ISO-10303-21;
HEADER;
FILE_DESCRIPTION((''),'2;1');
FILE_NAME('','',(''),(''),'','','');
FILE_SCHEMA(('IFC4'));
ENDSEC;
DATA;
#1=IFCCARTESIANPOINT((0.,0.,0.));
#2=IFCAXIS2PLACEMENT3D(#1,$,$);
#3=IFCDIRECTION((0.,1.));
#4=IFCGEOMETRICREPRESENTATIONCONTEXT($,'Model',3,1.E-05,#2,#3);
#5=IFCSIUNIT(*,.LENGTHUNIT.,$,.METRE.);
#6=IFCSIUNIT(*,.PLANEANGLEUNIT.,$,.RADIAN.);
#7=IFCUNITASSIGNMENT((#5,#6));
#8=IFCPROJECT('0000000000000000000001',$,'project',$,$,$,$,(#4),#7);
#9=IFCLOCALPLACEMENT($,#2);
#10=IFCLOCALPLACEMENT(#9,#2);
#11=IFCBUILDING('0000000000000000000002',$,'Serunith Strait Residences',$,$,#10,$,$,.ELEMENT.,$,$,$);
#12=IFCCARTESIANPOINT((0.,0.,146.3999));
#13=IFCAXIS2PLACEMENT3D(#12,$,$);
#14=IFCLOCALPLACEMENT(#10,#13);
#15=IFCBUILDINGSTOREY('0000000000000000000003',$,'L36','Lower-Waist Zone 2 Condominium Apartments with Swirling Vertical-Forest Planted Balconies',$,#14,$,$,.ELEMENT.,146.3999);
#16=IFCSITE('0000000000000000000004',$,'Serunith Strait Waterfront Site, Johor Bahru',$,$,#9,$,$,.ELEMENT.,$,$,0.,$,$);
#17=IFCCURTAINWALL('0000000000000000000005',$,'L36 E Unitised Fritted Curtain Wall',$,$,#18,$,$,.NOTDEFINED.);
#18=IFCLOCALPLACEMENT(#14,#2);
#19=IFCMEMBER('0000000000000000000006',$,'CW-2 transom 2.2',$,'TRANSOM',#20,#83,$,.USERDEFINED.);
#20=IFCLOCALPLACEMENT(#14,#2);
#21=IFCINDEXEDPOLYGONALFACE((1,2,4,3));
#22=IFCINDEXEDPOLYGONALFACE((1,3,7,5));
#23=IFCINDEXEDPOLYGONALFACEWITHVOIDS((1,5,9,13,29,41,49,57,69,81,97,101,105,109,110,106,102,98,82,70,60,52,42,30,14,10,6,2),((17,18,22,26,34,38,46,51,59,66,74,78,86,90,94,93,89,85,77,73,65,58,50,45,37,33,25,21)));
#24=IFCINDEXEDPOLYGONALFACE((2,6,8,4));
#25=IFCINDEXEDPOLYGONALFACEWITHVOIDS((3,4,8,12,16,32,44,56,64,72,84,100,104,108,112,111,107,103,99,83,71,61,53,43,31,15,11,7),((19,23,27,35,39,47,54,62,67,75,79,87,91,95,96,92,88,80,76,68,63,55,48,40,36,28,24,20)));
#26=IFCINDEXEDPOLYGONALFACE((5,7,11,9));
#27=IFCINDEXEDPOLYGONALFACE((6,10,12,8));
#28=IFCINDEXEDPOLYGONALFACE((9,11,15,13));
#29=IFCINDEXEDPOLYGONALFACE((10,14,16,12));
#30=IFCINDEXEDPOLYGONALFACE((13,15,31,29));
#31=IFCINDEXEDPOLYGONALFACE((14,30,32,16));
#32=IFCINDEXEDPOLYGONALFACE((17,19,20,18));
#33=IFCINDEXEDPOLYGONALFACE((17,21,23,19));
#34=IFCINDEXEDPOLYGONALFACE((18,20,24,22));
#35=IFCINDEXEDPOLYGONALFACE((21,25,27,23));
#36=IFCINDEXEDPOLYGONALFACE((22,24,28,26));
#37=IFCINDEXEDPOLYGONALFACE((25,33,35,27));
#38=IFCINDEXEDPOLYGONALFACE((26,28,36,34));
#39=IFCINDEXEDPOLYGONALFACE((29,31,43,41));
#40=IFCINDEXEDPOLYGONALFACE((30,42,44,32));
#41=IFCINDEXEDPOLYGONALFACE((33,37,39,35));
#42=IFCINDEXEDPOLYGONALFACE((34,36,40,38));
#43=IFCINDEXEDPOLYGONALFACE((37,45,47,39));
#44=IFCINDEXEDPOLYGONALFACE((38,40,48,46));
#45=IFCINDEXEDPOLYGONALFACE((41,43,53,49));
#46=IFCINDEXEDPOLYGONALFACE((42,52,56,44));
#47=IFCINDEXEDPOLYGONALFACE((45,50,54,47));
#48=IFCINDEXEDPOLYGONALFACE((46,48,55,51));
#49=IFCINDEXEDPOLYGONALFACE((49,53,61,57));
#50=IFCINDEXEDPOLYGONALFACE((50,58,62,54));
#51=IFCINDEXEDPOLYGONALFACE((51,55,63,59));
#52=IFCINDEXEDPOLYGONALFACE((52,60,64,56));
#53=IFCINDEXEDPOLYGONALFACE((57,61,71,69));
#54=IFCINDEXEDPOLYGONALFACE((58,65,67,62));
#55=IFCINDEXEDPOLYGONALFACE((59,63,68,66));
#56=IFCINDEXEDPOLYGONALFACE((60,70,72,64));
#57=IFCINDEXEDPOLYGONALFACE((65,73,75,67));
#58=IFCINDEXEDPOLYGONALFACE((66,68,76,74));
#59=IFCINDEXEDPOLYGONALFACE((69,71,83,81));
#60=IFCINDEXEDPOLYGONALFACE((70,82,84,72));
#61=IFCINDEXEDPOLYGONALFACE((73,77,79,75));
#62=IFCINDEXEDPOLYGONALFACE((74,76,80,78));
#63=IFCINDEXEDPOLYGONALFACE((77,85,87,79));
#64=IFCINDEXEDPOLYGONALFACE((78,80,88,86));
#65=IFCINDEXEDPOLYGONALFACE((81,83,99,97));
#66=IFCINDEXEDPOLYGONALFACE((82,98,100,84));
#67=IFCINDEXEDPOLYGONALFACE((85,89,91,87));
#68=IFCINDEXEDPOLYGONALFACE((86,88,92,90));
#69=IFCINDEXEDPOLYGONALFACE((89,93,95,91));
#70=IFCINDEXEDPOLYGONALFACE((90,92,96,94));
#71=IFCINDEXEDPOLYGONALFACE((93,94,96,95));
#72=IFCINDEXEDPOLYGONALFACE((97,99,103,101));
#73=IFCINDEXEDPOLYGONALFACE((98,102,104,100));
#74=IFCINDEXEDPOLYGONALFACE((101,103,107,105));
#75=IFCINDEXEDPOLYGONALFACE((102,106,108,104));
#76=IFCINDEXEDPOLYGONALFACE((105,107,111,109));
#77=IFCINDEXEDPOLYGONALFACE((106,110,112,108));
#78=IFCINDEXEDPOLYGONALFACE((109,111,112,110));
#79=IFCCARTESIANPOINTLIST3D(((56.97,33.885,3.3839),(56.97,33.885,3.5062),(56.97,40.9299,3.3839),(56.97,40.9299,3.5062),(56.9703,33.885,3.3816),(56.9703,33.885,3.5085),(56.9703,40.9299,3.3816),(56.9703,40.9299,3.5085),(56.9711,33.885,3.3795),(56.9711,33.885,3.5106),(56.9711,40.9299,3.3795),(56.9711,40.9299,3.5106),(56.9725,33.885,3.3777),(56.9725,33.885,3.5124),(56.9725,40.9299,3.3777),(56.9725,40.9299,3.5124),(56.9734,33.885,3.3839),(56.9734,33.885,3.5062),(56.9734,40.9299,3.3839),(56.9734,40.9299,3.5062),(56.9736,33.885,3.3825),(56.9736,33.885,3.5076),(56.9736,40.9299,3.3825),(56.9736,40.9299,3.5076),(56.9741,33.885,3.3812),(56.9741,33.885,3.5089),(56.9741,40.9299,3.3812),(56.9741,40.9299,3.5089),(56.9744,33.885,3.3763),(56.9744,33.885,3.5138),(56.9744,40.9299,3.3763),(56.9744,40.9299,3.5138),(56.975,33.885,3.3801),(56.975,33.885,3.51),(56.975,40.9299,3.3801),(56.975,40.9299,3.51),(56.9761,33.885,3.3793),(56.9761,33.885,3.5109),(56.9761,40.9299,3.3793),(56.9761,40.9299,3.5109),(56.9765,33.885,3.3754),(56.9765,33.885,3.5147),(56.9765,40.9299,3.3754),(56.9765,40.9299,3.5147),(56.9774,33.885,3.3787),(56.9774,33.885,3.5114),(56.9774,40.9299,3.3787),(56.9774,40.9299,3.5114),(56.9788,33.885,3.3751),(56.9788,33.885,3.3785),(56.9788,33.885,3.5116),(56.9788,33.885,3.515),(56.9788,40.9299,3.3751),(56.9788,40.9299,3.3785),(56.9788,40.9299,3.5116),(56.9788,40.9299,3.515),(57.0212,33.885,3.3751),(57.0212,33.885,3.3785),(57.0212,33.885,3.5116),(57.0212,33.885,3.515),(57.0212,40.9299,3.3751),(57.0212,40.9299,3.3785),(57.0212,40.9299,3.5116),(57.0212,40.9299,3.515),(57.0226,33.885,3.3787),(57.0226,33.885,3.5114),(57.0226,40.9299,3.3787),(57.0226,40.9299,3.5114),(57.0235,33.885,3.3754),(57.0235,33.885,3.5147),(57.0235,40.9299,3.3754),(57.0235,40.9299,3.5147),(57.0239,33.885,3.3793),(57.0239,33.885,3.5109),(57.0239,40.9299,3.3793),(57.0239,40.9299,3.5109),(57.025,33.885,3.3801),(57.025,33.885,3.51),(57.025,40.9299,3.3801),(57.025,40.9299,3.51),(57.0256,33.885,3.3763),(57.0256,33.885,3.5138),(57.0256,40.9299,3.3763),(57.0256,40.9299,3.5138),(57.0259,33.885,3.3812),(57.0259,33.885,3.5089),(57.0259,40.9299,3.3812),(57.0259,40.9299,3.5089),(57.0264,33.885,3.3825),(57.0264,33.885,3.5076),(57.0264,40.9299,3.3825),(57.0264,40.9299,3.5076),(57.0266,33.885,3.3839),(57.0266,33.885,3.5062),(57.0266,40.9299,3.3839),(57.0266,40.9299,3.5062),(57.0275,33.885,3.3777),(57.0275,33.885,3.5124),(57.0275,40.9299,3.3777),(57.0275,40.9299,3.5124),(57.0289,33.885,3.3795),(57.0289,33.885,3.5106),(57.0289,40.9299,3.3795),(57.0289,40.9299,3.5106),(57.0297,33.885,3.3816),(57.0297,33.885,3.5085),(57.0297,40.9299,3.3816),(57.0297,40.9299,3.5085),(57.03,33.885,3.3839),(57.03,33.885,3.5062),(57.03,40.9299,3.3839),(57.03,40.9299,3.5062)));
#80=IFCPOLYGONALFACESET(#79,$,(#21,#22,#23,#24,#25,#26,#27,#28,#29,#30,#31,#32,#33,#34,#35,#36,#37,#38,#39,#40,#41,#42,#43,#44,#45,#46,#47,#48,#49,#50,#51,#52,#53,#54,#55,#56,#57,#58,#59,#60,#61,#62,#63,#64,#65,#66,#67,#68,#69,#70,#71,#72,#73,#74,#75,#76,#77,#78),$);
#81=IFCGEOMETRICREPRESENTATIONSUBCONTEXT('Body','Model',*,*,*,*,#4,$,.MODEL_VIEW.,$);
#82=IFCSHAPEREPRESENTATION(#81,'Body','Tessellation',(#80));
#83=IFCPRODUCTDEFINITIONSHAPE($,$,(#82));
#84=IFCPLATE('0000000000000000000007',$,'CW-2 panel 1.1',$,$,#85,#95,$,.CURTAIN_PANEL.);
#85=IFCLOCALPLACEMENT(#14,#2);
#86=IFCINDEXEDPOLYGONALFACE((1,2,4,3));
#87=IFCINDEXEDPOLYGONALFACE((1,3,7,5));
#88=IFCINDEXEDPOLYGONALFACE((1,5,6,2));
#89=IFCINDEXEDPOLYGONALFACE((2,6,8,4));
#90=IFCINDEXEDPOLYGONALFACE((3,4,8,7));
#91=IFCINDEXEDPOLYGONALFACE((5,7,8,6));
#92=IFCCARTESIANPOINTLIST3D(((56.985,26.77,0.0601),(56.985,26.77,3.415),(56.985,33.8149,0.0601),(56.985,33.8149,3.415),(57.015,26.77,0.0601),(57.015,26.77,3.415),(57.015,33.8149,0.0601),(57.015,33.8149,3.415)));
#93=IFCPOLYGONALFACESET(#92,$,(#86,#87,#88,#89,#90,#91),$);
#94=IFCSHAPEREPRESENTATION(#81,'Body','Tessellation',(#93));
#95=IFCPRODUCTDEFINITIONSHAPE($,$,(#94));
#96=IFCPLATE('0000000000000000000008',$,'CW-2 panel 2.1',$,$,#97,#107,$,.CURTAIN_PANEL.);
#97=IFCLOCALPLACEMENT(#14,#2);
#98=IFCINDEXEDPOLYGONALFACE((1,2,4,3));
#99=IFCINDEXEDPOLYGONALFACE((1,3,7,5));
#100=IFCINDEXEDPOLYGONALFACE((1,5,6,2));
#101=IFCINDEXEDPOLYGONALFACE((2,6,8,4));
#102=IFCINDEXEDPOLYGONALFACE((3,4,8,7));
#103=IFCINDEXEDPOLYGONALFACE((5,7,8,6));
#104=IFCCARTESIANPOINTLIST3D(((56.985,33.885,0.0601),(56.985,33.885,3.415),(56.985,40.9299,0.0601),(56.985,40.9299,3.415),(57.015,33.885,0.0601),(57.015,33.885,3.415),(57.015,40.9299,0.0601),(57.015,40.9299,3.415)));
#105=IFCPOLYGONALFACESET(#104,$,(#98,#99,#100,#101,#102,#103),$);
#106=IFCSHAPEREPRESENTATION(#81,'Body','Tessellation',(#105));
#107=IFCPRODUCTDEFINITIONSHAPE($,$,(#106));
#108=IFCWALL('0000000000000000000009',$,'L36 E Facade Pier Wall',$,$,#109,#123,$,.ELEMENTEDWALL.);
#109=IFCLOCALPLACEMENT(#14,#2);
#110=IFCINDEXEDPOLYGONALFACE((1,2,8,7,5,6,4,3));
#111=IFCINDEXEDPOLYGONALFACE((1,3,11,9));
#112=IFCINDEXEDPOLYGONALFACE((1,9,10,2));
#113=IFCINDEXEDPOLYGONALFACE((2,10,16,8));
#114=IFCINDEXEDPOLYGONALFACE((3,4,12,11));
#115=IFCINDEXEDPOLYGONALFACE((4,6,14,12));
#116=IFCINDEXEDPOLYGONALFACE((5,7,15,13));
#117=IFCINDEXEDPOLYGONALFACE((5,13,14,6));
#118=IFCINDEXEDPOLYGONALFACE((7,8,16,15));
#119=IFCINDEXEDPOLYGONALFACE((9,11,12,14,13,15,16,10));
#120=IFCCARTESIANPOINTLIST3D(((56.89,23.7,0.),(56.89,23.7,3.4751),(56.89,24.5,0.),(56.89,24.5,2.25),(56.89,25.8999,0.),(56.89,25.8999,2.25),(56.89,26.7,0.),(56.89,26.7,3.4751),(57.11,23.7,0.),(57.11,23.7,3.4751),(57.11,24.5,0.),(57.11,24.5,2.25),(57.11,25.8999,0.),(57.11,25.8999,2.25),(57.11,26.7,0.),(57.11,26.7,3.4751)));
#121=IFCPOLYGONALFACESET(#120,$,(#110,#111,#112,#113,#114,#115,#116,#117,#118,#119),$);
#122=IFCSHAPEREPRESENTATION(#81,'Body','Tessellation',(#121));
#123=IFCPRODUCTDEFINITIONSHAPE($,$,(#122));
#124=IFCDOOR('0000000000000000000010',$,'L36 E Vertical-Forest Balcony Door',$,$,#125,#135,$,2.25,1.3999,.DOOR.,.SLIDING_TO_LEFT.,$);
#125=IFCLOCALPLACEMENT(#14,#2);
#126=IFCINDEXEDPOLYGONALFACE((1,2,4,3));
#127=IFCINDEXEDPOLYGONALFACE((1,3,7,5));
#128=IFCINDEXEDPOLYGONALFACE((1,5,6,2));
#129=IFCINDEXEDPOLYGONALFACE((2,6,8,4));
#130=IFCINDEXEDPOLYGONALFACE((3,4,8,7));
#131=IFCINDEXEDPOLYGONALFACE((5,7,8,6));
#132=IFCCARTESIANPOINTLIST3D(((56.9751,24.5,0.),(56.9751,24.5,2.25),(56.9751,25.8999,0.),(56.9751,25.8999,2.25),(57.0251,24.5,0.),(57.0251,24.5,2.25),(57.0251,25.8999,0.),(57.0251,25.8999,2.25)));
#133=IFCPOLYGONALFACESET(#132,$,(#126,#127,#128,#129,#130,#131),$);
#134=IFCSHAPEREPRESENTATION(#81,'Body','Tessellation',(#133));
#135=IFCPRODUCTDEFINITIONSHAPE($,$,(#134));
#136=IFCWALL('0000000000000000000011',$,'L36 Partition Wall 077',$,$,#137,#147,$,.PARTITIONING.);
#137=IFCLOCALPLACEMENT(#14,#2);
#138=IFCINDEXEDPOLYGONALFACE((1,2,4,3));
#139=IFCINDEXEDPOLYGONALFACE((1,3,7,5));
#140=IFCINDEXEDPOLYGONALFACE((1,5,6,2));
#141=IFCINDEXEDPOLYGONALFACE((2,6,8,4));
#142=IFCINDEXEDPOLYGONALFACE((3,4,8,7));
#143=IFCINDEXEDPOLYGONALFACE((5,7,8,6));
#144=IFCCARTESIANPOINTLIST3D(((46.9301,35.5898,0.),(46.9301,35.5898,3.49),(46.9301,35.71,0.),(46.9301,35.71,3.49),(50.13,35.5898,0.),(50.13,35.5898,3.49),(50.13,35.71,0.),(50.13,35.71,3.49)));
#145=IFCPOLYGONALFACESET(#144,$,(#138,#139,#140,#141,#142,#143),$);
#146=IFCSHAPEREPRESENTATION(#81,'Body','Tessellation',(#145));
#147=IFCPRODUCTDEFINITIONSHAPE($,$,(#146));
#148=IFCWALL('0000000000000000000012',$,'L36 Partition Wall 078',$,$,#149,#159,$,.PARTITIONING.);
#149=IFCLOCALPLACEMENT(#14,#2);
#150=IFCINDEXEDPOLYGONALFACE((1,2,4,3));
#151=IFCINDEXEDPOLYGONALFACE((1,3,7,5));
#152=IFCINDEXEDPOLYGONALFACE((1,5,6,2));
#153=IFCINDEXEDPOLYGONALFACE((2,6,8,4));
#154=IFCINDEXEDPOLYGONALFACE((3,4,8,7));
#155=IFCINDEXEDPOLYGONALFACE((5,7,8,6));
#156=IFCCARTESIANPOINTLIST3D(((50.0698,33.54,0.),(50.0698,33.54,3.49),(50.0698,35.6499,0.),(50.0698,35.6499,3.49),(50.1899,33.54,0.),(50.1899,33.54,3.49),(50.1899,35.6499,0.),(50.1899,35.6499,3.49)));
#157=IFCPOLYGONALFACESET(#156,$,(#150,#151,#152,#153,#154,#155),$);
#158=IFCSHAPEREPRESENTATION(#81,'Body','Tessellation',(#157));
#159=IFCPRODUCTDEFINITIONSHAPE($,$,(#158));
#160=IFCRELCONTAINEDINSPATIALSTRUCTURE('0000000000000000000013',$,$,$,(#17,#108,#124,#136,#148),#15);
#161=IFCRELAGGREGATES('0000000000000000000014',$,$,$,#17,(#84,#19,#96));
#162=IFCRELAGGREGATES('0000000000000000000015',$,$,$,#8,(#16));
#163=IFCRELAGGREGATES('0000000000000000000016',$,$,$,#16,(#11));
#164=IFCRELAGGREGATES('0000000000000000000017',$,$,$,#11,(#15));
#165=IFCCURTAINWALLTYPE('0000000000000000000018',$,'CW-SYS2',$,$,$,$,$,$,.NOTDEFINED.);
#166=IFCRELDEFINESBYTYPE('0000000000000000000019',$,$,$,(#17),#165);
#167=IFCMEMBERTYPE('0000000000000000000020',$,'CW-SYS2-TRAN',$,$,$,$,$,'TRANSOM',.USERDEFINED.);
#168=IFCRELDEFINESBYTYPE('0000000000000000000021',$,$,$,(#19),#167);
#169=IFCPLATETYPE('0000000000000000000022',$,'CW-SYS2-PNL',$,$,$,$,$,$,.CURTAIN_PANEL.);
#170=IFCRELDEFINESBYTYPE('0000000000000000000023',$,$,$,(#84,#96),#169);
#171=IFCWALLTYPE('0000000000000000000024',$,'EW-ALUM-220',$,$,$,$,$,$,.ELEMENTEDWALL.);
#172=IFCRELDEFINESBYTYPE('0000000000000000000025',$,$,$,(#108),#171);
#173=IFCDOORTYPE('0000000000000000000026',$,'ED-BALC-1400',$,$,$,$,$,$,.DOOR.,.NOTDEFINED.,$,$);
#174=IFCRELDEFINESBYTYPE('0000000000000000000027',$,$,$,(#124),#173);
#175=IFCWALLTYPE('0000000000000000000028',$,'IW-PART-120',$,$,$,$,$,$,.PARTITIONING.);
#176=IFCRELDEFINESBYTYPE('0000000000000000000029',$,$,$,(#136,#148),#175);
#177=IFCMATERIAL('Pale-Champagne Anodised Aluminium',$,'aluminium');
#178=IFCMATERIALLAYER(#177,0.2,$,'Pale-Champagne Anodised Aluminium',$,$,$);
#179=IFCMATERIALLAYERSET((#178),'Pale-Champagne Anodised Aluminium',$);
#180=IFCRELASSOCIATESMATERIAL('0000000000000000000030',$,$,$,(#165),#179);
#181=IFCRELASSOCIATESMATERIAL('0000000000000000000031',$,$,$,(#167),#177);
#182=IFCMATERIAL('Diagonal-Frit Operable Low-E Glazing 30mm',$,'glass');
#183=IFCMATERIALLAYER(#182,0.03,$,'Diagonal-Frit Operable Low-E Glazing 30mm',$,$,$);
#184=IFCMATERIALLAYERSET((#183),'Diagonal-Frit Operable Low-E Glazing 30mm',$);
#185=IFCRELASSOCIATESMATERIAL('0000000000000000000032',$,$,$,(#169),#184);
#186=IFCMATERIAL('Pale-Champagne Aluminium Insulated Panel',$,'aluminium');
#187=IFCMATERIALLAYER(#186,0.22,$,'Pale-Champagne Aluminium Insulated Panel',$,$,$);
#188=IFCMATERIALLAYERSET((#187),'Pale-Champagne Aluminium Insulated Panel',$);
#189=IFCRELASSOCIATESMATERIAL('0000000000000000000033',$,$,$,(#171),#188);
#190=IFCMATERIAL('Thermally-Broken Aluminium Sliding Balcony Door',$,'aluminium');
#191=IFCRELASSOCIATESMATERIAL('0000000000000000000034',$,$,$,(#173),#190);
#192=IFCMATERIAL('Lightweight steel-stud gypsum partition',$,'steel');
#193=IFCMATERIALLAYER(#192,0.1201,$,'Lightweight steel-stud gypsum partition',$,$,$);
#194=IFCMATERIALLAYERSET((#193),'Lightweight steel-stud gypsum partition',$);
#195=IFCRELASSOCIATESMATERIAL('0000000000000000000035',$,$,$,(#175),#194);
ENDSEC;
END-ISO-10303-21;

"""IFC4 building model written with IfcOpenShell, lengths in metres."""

from ifc_helpers import new_model, si_unit, direction, frame, frame_2d, origin, origin_2d, place, context, subcontext, project, spatial, rectangle, hollow_rectangle, extrude, source, transform, mapped, material, layer, layer_set, material_profile, profile_set, type_object, element, fill, aggregate, save


model = new_model("IFC4")

# Units and contexts
model_context = context("Model", 3, precision=1e-05, world=origin(), true_north=direction((0.0, 1.0)))
body_context = subcontext(model_context, "Body", "Model", "MODEL_VIEW")
ifc_project = project(units=[si_unit("LENGTHUNIT", "METRE"), si_unit("PLANEANGLEUNIT", "RADIAN")], contexts=[model_context])

# Site, building, storey
site_placement = place(None, origin())
site = spatial("IfcSite", under=ifc_project, at=site_placement, Name="Serunith Strait Waterfront Site, Johor Bahru", CompositionType="ELEMENT", RefElevation=0.0)
building_placement = place(site_placement, origin())
building = spatial("IfcBuilding", under=site, at=building_placement, Name="Serunith Strait Residences", CompositionType="ELEMENT")
storey_placement = place(building_placement, frame((0.0, 0.0, 146.3999)))
storey = spatial("IfcBuildingStorey", under=building, at=storey_placement, Name="L36", Description="Lower-Waist Zone 2 Condominium Apartments with Swirling Vertical-Forest Planted Balconies", CompositionType="ELEMENT", Elevation=146.3999)

# Shared definitions
ifc_material_1 = material(Name="Pale-Champagne Anodised Aluminium", Category="aluminium")
ifc_layer_1 = layer(ifc_material_1, 0.2, Name="Pale-Champagne Anodised Aluminium")
ifc_layer_set_1 = layer_set([ifc_layer_1], Name="Pale-Champagne Anodised Aluminium")
curtain_wall_type = type_object("IfcCurtainWallType", Name="CW-SYS2", PredefinedType="NOTDEFINED", material=ifc_layer_set_1)

# Curtain wall, member, plates
curtain_wall_1_placement = place(storey_placement, origin())
curtain_wall_1 = element("IfcCurtainWall", 1, at=curtain_wall_1_placement, inside=storey, type_object=curtain_wall_type, Name="L36 E Unitised Fritted Curtain Wall", PredefinedType="NOTDEFINED")
ifc_material_profile_1 = material_profile(ifc_material_1, hollow_rectangle(XDim=0.0601, YDim=0.1399, WallThickness=0.0034, InnerFilletRadius=0.0054, OuterFilletRadius=0.0088, at=origin_2d()), Name="ALU 140x60x3.5")
ifc_profile_set_1 = profile_set([ifc_material_profile_1], Name="Pale-Champagne Anodised Aluminium")
member_type_1 = type_object("IfcMemberType", Name="CW-SYS2-TRAN", ElementType="TRANSOM", PredefinedType="USERDEFINED", material=ifc_profile_set_1)
shared_shape_1 = source(origin(), body_context, "Body", "SweptSolid", [
    extrude(hollow_rectangle(XDim=0.0601, YDim=0.1399, WallThickness=0.0034, InnerFilletRadius=0.0054, OuterFilletRadius=0.0088, at=origin_2d()), origin(), (0.0, 0.0, 1.0), 7.0449),
])
member_1_placement = place(storey_placement, frame((57.0, 33.885, 3.4451), z_axis=(0.0, 1.0, 0.0), x_axis=(-1.0, 0.0, 0.0)))
member_1 = element("IfcMember", 2, at=member_1_placement, type_object=member_type_1, Name="CW-2 transom 2.2", ObjectType="TRANSOM", PredefinedType="USERDEFINED", context=body_context, shape_type="MappedRepresentation", body=[
    mapped(shared_shape_1, transform((0.0, 0.0, 0.0), scale=1.0)),
])
ifc_material_2 = material(Name="Diagonal-Frit Operable Low-E Glazing 30mm", Category="glass")
ifc_layer_2 = layer(ifc_material_2, 0.03, Name="Diagonal-Frit Operable Low-E Glazing 30mm")
ifc_layer_set_2 = layer_set([ifc_layer_2], Name="Diagonal-Frit Operable Low-E Glazing 30mm")
plate_type = type_object("IfcPlateType", Name="CW-SYS2-PNL", PredefinedType="CURTAIN_PANEL", material=ifc_layer_set_2)
shared_shape_2 = source(origin(), body_context, "Body", "SweptSolid", [
    extrude(rectangle(XDim=7.0449, YDim=0.03, at=origin_2d()), origin(), (0.0, 0.0, 1.0), 3.355),
])
plate_1_placement = place(storey_placement, frame((57.0, 30.2925, 0.0601), z_axis=(0.0, 0.0, 1.0), x_axis=(0.0, 1.0, 0.0)))
plate_1 = element("IfcPlate", 3, at=plate_1_placement, type_object=plate_type, Name="CW-2 panel 1.1", PredefinedType="CURTAIN_PANEL", context=body_context, shape_type="MappedRepresentation", body=[
    mapped(shared_shape_2, transform((0.0, 0.0, 0.0), scale=1.0)),
])
plate_2_placement = place(storey_placement, frame((57.0, 37.4075, 0.0601), z_axis=(0.0, 0.0, 1.0), x_axis=(0.0, 1.0, 0.0)))
plate_2 = element("IfcPlate", 4, at=plate_2_placement, type_object=plate_type, Name="CW-2 panel 2.1", PredefinedType="CURTAIN_PANEL", context=body_context, shape_type="MappedRepresentation", body=[
    mapped(shared_shape_2, transform((0.0, 0.0, 0.0), scale=1.0)),
])
aggregate(curtain_wall_1, [plate_1, member_1, plate_2])

# Wall, opening, door
ifc_material_3 = material(Name="Pale-Champagne Aluminium Insulated Panel", Category="aluminium")
ifc_layer_3 = layer(ifc_material_3, 0.22, Name="Pale-Champagne Aluminium Insulated Panel")
ifc_layer_set_3 = layer_set([ifc_layer_3], Name="Pale-Champagne Aluminium Insulated Panel")
wall_type_1 = type_object("IfcWallType", Name="EW-ALUM-220", PredefinedType="ELEMENTEDWALL", material=ifc_layer_set_3)
wall_1_placement = place(storey_placement, frame((57.0, 23.7, 0.0), z_axis=(0.0, 0.0, 1.0), x_axis=(0.0, 1.0, 0.0)))
wall_1 = element("IfcWall", 5, at=wall_1_placement, inside=storey, type_object=wall_type_1, Name="L36 E Facade Pier Wall", PredefinedType="ELEMENTEDWALL", context=body_context, shape_type="SweptSolid", body=[
    extrude(rectangle(XDim=3.0, YDim=0.22, at=frame_2d((1.5, 0.0))), origin(), (0.0, 0.0, 1.0), 3.4751),
])
opening_1_placement = place(wall_1_placement, frame((0.8, 0.0, 0.0)))
opening_1 = element("IfcOpeningElement", 6, at=opening_1_placement, cuts=wall_1, PredefinedType="OPENING", context=body_context, shape_type="SweptSolid", body=[
    extrude(rectangle(XDim=1.3999, YDim=2.25, at=frame_2d((0.7, 1.125))), frame((0.0, 0.1201, 0.0), z_axis=(0.0, -1.0, 0.0), x_axis=(1.0, 0.0, 0.0)), (0.0, 0.0, 1.0), 0.24),
])
ifc_material_4 = material(Name="Thermally-Broken Aluminium Sliding Balcony Door", Category="aluminium")
door_type_1 = type_object("IfcDoorType", Name="ED-BALC-1400", OperationType="NOTDEFINED", PredefinedType="DOOR", material=ifc_material_4)
shared_shape_3 = source(origin(), body_context, "Body", "SweptSolid", [
    extrude(rectangle(XDim=1.3999, YDim=2.25, at=frame_2d((0.7, 1.125))), frame((0.0, 0.0249, 0.0), z_axis=(0.0, -1.0, 0.0), x_axis=(1.0, 0.0, 0.0)), (0.0, 0.0, 1.0), 0.05),
])
door_1_placement = place(opening_1_placement, origin())
door_1 = element("IfcDoor", 7, at=door_1_placement, inside=storey, type_object=door_type_1, Name="L36 E Vertical-Forest Balcony Door", OperationType="SLIDING_TO_LEFT", OverallHeight=2.25, OverallWidth=1.3999, PredefinedType="DOOR", context=body_context, shape_type="MappedRepresentation", body=[
    mapped(shared_shape_3, transform((0.0, 0.0, 0.0), scale=1.0)),
])
fill(opening_1, door_1)

# Walls
ifc_material_5 = material(Name="Lightweight steel-stud gypsum partition", Category="steel")
ifc_layer_4 = layer(ifc_material_5, 0.1201, Name="Lightweight steel-stud gypsum partition")
ifc_layer_set_4 = layer_set([ifc_layer_4], Name="Lightweight steel-stud gypsum partition")
wall_type_2 = type_object("IfcWallType", Name="IW-PART-120", PredefinedType="PARTITIONING", material=ifc_layer_set_4)
wall_2_placement = place(storey_placement, frame((46.9299, 35.6499, 0.0), z_axis=(0.0, 0.0, 1.0), x_axis=(1.0, 0.0, 0.0)))
element("IfcWall", 8, at=wall_2_placement, inside=storey, type_object=wall_type_2, Name="L36 Partition Wall 077", PredefinedType="PARTITIONING", context=body_context, shape_type="SweptSolid", body=[
    extrude(rectangle(XDim=3.2, YDim=0.1201, at=frame_2d((1.6001, 0.0))), origin(), (0.0, 0.0, 1.0), 3.49),
])
wall_3_placement = place(storey_placement, frame((50.1299, 35.6499, 0.0), z_axis=(0.0, 0.0, 1.0), x_axis=(0.0, -1.0, 0.0)))
element("IfcWall", 9, at=wall_3_placement, inside=storey, type_object=wall_type_2, Name="L36 Partition Wall 078", PredefinedType="PARTITIONING", context=body_context, shape_type="SweptSolid", body=[
    extrude(rectangle(XDim=2.1099, YDim=0.1201, at=frame_2d((1.0549, 0.0))), origin(), (0.0, 0.0, 1.0), 3.49),
])

save(model, "model.ifc")
